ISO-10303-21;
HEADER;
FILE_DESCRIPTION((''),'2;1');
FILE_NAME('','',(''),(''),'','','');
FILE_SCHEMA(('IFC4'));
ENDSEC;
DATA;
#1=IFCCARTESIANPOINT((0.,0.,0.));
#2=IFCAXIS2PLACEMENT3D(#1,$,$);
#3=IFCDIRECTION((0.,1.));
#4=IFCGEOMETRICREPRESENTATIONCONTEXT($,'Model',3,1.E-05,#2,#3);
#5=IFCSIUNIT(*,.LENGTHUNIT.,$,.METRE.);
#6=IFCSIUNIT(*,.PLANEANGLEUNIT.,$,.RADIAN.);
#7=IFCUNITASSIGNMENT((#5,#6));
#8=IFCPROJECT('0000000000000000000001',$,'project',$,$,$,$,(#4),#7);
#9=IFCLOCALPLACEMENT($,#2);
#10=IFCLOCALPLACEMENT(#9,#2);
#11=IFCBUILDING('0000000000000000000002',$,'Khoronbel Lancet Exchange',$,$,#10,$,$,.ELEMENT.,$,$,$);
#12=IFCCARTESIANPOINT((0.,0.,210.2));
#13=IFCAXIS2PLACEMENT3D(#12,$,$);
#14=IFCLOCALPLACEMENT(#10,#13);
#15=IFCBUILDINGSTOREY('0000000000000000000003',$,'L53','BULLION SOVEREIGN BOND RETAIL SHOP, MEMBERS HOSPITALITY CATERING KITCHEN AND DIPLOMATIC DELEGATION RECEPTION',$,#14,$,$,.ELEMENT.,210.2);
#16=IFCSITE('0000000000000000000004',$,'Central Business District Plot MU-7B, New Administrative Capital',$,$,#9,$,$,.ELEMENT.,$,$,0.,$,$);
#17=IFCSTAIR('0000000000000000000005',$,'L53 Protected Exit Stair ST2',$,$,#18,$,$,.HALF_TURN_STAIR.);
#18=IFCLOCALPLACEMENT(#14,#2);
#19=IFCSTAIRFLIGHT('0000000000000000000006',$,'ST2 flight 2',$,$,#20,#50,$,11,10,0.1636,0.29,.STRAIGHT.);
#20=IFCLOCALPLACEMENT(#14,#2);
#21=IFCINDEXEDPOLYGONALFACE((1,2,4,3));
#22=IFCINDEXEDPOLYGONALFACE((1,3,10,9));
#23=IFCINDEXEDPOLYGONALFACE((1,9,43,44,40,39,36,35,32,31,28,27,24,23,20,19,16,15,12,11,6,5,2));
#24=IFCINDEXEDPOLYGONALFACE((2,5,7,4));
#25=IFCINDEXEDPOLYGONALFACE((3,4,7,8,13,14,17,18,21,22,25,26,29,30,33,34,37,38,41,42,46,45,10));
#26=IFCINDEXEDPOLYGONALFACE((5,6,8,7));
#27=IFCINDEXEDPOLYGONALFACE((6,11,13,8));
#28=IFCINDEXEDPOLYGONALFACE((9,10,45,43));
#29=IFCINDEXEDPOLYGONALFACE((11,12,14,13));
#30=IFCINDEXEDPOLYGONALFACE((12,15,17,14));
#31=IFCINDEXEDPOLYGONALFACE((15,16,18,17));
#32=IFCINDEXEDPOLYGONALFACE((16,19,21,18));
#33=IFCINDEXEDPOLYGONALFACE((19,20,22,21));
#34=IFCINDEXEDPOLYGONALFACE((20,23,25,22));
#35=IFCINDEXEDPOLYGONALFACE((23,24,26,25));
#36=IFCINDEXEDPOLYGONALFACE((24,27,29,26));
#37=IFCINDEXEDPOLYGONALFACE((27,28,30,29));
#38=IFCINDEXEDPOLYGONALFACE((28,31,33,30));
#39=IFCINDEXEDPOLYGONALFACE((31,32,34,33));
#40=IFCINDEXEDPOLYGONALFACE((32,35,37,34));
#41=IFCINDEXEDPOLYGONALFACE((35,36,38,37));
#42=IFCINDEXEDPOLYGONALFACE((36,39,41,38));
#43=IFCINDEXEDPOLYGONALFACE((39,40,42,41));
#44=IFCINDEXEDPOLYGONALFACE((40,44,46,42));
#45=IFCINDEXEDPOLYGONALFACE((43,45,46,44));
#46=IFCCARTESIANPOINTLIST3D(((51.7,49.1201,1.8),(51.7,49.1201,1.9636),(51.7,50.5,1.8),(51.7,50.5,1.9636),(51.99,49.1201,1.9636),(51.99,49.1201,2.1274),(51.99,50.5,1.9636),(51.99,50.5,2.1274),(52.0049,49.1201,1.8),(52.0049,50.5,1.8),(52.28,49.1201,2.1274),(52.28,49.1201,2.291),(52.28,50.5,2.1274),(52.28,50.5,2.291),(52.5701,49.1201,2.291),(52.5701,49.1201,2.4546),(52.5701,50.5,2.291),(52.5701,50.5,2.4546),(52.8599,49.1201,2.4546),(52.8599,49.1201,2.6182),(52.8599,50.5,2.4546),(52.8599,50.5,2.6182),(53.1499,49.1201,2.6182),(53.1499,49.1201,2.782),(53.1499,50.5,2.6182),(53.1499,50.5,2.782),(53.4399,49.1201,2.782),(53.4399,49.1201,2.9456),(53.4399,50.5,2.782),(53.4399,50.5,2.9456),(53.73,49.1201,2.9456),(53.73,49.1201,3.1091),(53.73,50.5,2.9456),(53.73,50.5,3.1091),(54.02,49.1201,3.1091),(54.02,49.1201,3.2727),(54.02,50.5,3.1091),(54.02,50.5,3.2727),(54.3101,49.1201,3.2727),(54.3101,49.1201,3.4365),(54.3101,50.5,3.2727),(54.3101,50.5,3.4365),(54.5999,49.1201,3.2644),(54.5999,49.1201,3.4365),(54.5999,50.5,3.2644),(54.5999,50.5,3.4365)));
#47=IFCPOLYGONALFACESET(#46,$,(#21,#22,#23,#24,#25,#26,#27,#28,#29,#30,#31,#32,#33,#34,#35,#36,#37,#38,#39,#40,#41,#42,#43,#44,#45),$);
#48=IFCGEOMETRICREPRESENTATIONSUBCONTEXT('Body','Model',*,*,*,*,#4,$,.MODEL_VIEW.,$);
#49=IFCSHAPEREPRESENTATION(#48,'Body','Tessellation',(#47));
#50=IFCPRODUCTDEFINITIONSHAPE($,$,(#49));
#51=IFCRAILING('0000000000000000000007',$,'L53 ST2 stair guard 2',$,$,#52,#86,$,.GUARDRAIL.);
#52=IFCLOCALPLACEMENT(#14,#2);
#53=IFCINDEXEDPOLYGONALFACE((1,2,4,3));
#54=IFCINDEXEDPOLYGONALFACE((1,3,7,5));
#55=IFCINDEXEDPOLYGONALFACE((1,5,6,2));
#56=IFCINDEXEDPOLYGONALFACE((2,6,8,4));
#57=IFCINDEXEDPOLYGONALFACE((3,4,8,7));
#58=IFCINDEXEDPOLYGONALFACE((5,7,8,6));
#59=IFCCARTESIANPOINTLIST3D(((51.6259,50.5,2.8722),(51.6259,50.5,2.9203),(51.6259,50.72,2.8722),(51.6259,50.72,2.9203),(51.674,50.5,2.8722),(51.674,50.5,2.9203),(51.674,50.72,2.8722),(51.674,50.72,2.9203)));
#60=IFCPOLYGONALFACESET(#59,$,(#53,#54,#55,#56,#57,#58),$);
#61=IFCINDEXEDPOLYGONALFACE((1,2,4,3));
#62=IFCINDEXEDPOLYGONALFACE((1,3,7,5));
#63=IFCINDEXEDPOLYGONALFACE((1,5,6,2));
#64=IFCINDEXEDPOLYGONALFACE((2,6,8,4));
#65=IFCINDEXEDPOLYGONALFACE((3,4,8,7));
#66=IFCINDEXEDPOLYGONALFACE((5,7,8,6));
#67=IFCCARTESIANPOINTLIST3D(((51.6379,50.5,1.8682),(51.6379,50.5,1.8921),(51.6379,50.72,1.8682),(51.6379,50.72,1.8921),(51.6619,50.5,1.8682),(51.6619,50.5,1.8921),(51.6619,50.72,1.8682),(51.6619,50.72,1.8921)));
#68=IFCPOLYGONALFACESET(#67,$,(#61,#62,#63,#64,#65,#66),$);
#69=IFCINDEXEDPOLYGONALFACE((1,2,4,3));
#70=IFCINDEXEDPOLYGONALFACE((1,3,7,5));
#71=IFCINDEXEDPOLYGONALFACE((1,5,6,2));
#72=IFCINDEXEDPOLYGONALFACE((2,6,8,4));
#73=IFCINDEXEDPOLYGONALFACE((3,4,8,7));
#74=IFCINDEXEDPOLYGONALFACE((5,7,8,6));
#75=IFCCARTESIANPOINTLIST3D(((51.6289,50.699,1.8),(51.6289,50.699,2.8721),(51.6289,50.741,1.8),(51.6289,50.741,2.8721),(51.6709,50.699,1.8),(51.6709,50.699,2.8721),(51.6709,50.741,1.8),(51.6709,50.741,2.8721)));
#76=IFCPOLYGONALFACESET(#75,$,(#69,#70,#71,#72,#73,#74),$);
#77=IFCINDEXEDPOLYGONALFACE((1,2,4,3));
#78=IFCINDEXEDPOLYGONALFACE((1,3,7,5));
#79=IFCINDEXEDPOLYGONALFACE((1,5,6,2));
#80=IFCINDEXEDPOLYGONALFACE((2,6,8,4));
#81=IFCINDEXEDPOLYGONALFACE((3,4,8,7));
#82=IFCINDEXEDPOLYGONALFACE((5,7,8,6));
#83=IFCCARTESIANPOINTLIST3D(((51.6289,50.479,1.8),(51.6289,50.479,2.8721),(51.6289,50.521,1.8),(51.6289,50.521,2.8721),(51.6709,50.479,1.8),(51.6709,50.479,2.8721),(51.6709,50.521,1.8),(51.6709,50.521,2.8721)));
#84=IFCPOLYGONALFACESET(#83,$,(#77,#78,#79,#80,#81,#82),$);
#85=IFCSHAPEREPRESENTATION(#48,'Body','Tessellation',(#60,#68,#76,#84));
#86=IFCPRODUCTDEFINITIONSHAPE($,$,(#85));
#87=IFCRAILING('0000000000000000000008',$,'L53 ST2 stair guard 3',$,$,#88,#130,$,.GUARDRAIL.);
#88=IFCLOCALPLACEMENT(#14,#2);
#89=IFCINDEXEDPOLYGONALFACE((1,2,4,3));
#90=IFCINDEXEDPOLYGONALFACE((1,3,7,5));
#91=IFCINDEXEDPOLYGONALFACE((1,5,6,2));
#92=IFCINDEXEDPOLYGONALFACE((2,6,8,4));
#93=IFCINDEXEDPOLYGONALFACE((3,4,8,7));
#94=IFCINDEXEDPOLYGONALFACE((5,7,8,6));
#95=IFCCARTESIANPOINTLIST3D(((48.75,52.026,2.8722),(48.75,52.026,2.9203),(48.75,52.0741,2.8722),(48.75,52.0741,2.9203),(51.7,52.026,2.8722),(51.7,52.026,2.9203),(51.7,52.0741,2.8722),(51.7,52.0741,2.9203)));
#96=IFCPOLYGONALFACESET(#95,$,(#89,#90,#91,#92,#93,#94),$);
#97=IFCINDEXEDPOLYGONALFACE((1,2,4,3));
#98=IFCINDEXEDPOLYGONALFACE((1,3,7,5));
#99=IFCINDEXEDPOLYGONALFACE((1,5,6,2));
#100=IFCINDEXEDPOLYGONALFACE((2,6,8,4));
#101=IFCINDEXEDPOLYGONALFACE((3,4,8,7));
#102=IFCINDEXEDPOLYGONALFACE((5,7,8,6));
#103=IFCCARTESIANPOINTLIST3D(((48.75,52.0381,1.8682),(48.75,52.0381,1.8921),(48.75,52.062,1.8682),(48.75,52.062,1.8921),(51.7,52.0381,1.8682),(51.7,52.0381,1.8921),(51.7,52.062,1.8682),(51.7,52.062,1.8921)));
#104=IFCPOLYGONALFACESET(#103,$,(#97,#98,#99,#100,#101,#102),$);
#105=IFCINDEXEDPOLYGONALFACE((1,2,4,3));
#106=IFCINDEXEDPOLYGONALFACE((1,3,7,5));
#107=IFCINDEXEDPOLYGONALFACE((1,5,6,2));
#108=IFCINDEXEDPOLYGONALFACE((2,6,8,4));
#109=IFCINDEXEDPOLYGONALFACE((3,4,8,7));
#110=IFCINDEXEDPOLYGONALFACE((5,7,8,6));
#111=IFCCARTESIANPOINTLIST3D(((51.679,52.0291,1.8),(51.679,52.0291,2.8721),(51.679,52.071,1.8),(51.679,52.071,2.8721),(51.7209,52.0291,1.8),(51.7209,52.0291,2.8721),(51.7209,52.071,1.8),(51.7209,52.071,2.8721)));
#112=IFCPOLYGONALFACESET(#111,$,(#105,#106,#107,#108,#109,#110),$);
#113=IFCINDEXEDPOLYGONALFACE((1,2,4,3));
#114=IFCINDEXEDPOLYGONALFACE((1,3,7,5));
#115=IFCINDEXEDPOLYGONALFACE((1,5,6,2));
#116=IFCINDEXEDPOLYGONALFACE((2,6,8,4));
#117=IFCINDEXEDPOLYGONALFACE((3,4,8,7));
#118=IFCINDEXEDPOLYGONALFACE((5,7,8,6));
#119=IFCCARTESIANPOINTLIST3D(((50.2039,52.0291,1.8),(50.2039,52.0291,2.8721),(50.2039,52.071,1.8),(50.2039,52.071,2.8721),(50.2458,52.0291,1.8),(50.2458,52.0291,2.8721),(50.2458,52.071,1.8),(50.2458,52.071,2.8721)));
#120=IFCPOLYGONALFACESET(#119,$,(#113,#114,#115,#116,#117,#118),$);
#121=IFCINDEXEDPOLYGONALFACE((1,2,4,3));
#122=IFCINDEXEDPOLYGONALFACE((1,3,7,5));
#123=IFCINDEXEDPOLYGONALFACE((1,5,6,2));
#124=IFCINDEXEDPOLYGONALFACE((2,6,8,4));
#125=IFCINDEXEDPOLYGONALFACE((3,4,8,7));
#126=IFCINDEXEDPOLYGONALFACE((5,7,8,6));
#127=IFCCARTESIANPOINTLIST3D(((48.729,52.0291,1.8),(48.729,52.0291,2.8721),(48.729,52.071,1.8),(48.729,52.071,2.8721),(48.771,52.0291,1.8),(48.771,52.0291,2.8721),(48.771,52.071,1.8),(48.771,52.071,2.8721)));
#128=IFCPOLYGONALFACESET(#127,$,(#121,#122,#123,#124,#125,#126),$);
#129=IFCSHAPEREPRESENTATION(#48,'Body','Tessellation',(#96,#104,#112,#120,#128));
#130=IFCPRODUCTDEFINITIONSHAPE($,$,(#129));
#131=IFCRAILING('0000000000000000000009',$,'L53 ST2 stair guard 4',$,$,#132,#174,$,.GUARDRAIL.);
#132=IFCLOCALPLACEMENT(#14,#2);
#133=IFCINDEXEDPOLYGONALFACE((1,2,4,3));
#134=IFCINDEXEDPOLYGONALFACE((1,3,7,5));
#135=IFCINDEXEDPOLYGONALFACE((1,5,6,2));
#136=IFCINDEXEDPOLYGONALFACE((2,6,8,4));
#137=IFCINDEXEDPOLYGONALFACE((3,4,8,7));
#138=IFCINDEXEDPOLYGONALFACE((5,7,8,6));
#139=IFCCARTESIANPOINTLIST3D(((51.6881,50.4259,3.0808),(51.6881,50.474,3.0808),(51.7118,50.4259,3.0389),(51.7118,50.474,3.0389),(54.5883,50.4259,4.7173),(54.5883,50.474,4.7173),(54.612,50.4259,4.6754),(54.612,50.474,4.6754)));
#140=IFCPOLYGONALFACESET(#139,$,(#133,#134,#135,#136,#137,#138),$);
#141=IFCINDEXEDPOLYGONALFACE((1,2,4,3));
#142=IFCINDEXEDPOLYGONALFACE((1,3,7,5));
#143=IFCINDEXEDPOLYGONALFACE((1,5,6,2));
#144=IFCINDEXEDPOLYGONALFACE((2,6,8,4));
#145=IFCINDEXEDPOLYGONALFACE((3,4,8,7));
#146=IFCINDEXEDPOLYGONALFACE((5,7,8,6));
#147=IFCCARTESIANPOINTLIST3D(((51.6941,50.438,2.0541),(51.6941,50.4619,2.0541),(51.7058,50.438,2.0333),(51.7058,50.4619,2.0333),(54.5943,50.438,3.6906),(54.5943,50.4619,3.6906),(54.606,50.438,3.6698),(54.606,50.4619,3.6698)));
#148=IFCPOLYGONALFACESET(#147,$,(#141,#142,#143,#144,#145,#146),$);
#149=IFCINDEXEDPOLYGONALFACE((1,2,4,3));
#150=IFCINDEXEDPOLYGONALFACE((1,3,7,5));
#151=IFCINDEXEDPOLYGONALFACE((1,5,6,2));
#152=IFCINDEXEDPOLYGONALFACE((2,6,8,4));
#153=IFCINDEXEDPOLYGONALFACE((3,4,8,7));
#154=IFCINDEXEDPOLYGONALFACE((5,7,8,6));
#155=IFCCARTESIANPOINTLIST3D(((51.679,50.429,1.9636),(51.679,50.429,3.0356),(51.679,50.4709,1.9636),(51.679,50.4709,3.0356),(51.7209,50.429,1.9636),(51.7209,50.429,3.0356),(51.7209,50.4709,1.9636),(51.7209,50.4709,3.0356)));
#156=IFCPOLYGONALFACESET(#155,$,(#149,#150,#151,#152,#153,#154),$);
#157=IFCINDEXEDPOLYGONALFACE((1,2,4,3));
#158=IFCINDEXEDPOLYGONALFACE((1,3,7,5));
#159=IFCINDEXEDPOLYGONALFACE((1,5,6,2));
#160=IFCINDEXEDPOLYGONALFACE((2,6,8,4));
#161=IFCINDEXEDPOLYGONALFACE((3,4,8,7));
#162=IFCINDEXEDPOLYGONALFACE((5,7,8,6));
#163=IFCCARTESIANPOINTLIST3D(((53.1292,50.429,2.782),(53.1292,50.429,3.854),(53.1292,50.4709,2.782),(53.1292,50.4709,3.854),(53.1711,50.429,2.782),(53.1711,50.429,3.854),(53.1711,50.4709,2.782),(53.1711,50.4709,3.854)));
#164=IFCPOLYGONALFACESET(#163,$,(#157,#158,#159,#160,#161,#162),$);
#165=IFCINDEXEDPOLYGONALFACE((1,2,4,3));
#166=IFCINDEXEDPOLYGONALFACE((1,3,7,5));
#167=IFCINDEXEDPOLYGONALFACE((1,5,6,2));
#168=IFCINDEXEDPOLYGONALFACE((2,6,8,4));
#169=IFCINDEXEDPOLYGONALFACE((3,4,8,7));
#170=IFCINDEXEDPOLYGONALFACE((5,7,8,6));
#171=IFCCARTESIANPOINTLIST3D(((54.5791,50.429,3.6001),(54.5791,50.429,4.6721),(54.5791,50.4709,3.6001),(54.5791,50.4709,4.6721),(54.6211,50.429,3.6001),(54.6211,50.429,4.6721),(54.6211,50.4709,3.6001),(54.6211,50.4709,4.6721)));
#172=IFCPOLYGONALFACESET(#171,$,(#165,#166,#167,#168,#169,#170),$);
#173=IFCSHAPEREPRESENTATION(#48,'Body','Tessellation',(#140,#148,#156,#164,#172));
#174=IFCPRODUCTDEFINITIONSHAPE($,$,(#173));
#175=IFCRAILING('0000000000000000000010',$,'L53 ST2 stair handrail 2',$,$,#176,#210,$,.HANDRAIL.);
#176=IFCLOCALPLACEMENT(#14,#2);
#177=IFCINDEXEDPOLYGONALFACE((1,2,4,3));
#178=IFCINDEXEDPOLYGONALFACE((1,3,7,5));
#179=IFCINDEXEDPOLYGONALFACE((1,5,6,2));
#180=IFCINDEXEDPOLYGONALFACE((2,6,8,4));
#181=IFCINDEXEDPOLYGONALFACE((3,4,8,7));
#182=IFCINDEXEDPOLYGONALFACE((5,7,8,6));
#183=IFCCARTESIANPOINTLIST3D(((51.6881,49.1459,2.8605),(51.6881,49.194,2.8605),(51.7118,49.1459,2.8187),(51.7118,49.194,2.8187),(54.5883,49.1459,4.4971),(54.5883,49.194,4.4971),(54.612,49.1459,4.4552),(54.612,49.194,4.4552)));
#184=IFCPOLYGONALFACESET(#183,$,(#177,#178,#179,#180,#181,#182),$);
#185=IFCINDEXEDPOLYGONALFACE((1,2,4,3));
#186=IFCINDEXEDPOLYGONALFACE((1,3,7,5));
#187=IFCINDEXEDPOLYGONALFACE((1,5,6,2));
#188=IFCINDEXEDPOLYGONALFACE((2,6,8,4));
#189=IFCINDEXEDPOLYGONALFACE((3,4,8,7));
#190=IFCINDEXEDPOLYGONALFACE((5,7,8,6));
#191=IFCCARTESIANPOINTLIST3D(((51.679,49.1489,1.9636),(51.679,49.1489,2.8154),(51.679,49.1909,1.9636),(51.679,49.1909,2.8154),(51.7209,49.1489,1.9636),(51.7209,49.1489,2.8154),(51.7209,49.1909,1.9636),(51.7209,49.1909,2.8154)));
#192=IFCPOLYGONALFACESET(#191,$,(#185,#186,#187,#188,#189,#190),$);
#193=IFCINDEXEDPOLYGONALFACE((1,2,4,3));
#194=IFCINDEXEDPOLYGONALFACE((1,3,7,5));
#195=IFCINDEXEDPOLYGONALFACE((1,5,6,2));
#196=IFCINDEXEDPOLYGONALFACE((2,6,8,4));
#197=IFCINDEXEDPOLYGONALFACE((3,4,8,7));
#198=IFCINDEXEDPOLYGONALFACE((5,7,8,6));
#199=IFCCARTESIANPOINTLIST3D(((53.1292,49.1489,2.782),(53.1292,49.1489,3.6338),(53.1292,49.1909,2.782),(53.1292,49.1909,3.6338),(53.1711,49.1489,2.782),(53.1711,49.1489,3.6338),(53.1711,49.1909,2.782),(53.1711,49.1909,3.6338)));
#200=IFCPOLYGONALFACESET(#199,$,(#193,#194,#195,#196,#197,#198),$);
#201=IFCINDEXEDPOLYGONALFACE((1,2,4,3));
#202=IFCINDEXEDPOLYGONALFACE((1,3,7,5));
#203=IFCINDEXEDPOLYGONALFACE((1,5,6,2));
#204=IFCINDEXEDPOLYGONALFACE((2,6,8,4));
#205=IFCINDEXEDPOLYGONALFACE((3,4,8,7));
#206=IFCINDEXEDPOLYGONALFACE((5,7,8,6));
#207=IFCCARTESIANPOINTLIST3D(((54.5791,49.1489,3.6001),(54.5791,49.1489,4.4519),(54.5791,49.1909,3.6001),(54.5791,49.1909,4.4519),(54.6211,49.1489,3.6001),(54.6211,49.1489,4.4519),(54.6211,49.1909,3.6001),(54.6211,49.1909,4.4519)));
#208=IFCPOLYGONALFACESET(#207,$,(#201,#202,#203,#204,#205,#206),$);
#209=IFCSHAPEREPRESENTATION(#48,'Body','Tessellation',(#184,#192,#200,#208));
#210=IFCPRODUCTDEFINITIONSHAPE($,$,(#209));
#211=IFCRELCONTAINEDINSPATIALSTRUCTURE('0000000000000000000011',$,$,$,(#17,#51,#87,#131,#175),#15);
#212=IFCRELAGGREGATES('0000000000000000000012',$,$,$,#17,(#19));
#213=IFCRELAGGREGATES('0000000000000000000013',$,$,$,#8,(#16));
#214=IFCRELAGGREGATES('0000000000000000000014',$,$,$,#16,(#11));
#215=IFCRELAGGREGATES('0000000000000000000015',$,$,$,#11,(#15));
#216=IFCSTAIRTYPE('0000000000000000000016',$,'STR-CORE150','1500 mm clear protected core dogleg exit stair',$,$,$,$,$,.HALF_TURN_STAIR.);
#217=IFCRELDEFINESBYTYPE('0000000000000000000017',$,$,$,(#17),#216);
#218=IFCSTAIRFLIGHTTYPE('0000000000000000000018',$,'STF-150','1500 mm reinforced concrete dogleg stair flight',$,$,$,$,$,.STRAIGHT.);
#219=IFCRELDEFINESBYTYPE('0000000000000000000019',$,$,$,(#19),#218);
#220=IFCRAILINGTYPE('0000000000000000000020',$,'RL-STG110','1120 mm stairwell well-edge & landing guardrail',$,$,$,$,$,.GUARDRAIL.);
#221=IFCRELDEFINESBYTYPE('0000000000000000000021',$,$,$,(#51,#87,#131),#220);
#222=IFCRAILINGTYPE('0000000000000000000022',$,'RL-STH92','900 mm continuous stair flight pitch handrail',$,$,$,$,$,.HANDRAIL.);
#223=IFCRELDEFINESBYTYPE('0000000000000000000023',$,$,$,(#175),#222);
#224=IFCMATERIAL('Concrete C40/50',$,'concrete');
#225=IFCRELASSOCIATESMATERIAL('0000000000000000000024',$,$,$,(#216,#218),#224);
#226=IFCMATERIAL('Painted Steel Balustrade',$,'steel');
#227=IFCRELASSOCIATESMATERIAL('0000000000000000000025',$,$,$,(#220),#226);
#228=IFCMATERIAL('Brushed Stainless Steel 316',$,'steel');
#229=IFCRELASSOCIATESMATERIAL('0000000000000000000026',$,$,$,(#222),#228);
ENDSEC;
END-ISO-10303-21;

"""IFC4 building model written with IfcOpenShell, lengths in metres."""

from ifc_helpers import new_model, si_unit, direction, frame, origin, origin_2d, place, context, subcontext, project, spatial, polyline, rectangle, outline, extrude, material, type_object, element, aggregate, save


model = new_model("IFC4")

# Units and contexts
model_context = context("Model", 3, precision=1e-05, world=origin(), true_north=direction((0.0, 1.0)))
body_context = subcontext(model_context, "Body", "Model", "MODEL_VIEW")
ifc_project = project(units=[si_unit("LENGTHUNIT", "METRE"), si_unit("PLANEANGLEUNIT", "RADIAN")], contexts=[model_context])

# Site, building, storey
site_placement = place(None, origin())
site = spatial("IfcSite", under=ifc_project, at=site_placement, Name="Central Business District Plot MU-7B, New Administrative Capital", CompositionType="ELEMENT", RefElevation=0.0)
building_placement = place(site_placement, origin())
building = spatial("IfcBuilding", under=site, at=building_placement, Name="Khoronbel Lancet Exchange", CompositionType="ELEMENT")
storey_placement = place(building_placement, frame((0.0, 0.0, 210.2)))
storey = spatial("IfcBuildingStorey", under=building, at=storey_placement, Name="L53", Description="BULLION SOVEREIGN BOND RETAIL SHOP, MEMBERS HOSPITALITY CATERING KITCHEN AND DIPLOMATIC DELEGATION RECEPTION", CompositionType="ELEMENT", Elevation=210.2)

# Stair, stair flight
ifc_material_1 = material(Name="Concrete C40/50", Category="concrete")
stair_type = type_object("IfcStairType", Name="STR-CORE150", Description="1500 mm clear protected core dogleg exit stair", PredefinedType="HALF_TURN_STAIR", material=ifc_material_1)
stair_placement = place(storey_placement, origin())
stair = element("IfcStair", 1, at=stair_placement, inside=storey, type_object=stair_type, Name="L53 Protected Exit Stair ST2", PredefinedType="HALF_TURN_STAIR")
stair_flight_type = type_object("IfcStairFlightType", Name="STF-150", Description="1500 mm reinforced concrete dogleg stair flight", PredefinedType="STRAIGHT", material=ifc_material_1)
stair_flight_placement = place(storey_placement, frame((51.7, 49.8101, 1.8), z_axis=(0.0, 0.0, 1.0), x_axis=(1.0, 0.0, 0.0)))
stair_flight = element("IfcStairFlight", 2, at=stair_flight_placement, type_object=stair_flight_type, Name="ST2 flight 2", NumberOfRisers=11, NumberOfTreads=10, PredefinedType="STRAIGHT", RiserHeight=0.1636, TreadLength=0.29, context=body_context, shape_type="SweptSolid", body=[
    extrude(outline(polyline([(0.0, 0.0), (0.0, 0.1636), (0.29, 0.1636), (0.29, 0.3274), (0.5801, 0.3274), (0.5801, 0.491), (0.8701, 0.491), (0.8701, 0.6545), (1.1599, 0.6545), (1.1599, 0.8181), (1.45, 0.8181), (1.45, 0.9819), (1.74, 0.9819), (1.74, 1.1455), (2.03, 1.1455), (2.03, 1.3091), (2.3201, 1.3091), (2.3201, 1.4727), (2.6101, 1.4727), (2.6101, 1.6365), (2.8999, 1.6365), (2.8999, 1.8), (2.8999, 1.4644), (0.3049, 0.0), (0.0, 0.0)])), frame((0.0, 0.6899, 0.0), z_axis=(0.0, -1.0, 0.0), x_axis=(1.0, 0.0, 0.0)), (0.0, 0.0, 1.0), 1.3799),
])
aggregate(stair, [stair_flight])

# Railings
ifc_material_2 = material(Name="Painted Steel Balustrade", Category="steel")
railing_type_1 = type_object("IfcRailingType", Name="RL-STG110", Description="1120 mm stairwell well-edge & landing guardrail", PredefinedType="GUARDRAIL", material=ifc_material_2)
railing_1_placement = place(storey_placement, frame((51.6499, 50.72, 1.8)))
element("IfcRailing", 3, at=railing_1_placement, inside=storey, type_object=railing_type_1, Name="L53 ST2 stair guard 2", PredefinedType="GUARDRAIL", context=body_context, shape_type="SweptSolid", body=[
    extrude(rectangle(XDim=0.0481, YDim=0.0481, at=origin_2d()), frame((0.0, 0.0, 1.0962), z_axis=(0.0, -1.0, 0.0), x_axis=(1.0, 0.0, 0.0)), (0.0, 0.0, 1.0), 0.22),
    extrude(rectangle(XDim=0.0239, YDim=0.0239, at=origin_2d()), frame((0.0, 0.0, 0.0801), z_axis=(0.0, -1.0, 0.0), x_axis=(1.0, 0.0, 0.0)), (0.0, 0.0, 1.0), 0.22),
    extrude(rectangle(XDim=0.042, YDim=0.042, at=origin_2d()), origin(), (0.0, 0.0, 1.0), 1.072),
    extrude(rectangle(XDim=0.042, YDim=0.042, at=origin_2d()), frame((0.0, -0.22, 0.0)), (0.0, 0.0, 1.0), 1.072),
])
railing_2_placement = place(storey_placement, frame((51.7, 52.05, 1.8)))
element("IfcRailing", 4, at=railing_2_placement, inside=storey, type_object=railing_type_1, Name="L53 ST2 stair guard 3", PredefinedType="GUARDRAIL", context=body_context, shape_type="SweptSolid", body=[
    extrude(rectangle(XDim=0.0481, YDim=0.0481, at=origin_2d()), frame((0.0, 0.0, 1.0962), z_axis=(-1.0, 0.0, 0.0), x_axis=(0.0, -1.0, 0.0)), (0.0, 0.0, 1.0), 2.95),
    extrude(rectangle(XDim=0.0239, YDim=0.0239, at=origin_2d()), frame((0.0, 0.0, 0.0801), z_axis=(-1.0, 0.0, 0.0), x_axis=(0.0, -1.0, 0.0)), (0.0, 0.0, 1.0), 2.95),
    extrude(rectangle(XDim=0.042, YDim=0.042, at=origin_2d()), origin(), (0.0, 0.0, 1.0), 1.072),
    extrude(rectangle(XDim=0.042, YDim=0.042, at=origin_2d()), frame((-1.4751, 0.0, 0.0)), (0.0, 0.0, 1.0), 1.072),
    extrude(rectangle(XDim=0.042, YDim=0.042, at=origin_2d()), frame((-2.95, 0.0, 0.0)), (0.0, 0.0, 1.0), 1.072),
])
railing_3_placement = place(storey_placement, frame((51.7, 50.45, 1.9636)))
element("IfcRailing", 5, at=railing_3_placement, inside=storey, type_object=railing_type_1, Name="L53 ST2 stair guard 4", PredefinedType="GUARDRAIL", context=body_context, shape_type="SweptSolid", body=[
    extrude(rectangle(XDim=0.0481, YDim=0.0481, at=origin_2d()), frame((0.0, 0.0, 1.0962), z_axis=(0.870915, 0.0, 0.491434), x_axis=(0.0, 1.0, 0.0)), (0.0, 0.0, 1.0), 3.3301),
    extrude(rectangle(XDim=0.0239, YDim=0.0239, at=origin_2d()), frame((0.0, 0.0, 0.0801), z_axis=(0.870915, 0.0, 0.491434), x_axis=(0.0, 1.0, 0.0)), (0.0, 0.0, 1.0), 3.3301),
    extrude(rectangle(XDim=0.042, YDim=0.042, at=origin_2d()), origin(), (0.0, 0.0, 1.0), 1.072),
    extrude(rectangle(XDim=0.042, YDim=0.042, at=origin_2d()), frame((1.4502, 0.0, 0.8184)), (0.0, 0.0, 1.0), 1.072),
    extrude(rectangle(XDim=0.042, YDim=0.042, at=origin_2d()), frame((2.9001, 0.0, 1.6365)), (0.0, 0.0, 1.0), 1.072),
])
ifc_material_3 = material(Name="Brushed Stainless Steel 316", Category="steel")
railing_type_2 = type_object("IfcRailingType", Name="RL-STH92", Description="900 mm continuous stair flight pitch handrail", PredefinedType="HANDRAIL", material=ifc_material_3)
railing_4_placement = place(storey_placement, frame((51.7, 49.1699, 1.9636)))
element("IfcRailing", 6, at=railing_4_placement, inside=storey, type_object=railing_type_2, Name="L53 ST2 stair handrail 2", PredefinedType="HANDRAIL", context=body_context, shape_type="SweptSolid", body=[
    extrude(rectangle(XDim=0.0481, YDim=0.0481, at=origin_2d()), frame((0.0, 0.0, 0.876), z_axis=(0.870915, 0.0, 0.491434), x_axis=(0.0, 1.0, 0.0)), (0.0, 0.0, 1.0), 3.3301),
    extrude(rectangle(XDim=0.042, YDim=0.042, at=origin_2d()), origin(), (0.0, 0.0, 1.0), 0.8518),
    extrude(rectangle(XDim=0.042, YDim=0.042, at=origin_2d()), frame((1.4502, 0.0, 0.8184)), (0.0, 0.0, 1.0), 0.8518),
    extrude(rectangle(XDim=0.042, YDim=0.042, at=origin_2d()), frame((2.9001, 0.0, 1.6365)), (0.0, 0.0, 1.0), 0.8518),
])

save(model, "model.ifc")
